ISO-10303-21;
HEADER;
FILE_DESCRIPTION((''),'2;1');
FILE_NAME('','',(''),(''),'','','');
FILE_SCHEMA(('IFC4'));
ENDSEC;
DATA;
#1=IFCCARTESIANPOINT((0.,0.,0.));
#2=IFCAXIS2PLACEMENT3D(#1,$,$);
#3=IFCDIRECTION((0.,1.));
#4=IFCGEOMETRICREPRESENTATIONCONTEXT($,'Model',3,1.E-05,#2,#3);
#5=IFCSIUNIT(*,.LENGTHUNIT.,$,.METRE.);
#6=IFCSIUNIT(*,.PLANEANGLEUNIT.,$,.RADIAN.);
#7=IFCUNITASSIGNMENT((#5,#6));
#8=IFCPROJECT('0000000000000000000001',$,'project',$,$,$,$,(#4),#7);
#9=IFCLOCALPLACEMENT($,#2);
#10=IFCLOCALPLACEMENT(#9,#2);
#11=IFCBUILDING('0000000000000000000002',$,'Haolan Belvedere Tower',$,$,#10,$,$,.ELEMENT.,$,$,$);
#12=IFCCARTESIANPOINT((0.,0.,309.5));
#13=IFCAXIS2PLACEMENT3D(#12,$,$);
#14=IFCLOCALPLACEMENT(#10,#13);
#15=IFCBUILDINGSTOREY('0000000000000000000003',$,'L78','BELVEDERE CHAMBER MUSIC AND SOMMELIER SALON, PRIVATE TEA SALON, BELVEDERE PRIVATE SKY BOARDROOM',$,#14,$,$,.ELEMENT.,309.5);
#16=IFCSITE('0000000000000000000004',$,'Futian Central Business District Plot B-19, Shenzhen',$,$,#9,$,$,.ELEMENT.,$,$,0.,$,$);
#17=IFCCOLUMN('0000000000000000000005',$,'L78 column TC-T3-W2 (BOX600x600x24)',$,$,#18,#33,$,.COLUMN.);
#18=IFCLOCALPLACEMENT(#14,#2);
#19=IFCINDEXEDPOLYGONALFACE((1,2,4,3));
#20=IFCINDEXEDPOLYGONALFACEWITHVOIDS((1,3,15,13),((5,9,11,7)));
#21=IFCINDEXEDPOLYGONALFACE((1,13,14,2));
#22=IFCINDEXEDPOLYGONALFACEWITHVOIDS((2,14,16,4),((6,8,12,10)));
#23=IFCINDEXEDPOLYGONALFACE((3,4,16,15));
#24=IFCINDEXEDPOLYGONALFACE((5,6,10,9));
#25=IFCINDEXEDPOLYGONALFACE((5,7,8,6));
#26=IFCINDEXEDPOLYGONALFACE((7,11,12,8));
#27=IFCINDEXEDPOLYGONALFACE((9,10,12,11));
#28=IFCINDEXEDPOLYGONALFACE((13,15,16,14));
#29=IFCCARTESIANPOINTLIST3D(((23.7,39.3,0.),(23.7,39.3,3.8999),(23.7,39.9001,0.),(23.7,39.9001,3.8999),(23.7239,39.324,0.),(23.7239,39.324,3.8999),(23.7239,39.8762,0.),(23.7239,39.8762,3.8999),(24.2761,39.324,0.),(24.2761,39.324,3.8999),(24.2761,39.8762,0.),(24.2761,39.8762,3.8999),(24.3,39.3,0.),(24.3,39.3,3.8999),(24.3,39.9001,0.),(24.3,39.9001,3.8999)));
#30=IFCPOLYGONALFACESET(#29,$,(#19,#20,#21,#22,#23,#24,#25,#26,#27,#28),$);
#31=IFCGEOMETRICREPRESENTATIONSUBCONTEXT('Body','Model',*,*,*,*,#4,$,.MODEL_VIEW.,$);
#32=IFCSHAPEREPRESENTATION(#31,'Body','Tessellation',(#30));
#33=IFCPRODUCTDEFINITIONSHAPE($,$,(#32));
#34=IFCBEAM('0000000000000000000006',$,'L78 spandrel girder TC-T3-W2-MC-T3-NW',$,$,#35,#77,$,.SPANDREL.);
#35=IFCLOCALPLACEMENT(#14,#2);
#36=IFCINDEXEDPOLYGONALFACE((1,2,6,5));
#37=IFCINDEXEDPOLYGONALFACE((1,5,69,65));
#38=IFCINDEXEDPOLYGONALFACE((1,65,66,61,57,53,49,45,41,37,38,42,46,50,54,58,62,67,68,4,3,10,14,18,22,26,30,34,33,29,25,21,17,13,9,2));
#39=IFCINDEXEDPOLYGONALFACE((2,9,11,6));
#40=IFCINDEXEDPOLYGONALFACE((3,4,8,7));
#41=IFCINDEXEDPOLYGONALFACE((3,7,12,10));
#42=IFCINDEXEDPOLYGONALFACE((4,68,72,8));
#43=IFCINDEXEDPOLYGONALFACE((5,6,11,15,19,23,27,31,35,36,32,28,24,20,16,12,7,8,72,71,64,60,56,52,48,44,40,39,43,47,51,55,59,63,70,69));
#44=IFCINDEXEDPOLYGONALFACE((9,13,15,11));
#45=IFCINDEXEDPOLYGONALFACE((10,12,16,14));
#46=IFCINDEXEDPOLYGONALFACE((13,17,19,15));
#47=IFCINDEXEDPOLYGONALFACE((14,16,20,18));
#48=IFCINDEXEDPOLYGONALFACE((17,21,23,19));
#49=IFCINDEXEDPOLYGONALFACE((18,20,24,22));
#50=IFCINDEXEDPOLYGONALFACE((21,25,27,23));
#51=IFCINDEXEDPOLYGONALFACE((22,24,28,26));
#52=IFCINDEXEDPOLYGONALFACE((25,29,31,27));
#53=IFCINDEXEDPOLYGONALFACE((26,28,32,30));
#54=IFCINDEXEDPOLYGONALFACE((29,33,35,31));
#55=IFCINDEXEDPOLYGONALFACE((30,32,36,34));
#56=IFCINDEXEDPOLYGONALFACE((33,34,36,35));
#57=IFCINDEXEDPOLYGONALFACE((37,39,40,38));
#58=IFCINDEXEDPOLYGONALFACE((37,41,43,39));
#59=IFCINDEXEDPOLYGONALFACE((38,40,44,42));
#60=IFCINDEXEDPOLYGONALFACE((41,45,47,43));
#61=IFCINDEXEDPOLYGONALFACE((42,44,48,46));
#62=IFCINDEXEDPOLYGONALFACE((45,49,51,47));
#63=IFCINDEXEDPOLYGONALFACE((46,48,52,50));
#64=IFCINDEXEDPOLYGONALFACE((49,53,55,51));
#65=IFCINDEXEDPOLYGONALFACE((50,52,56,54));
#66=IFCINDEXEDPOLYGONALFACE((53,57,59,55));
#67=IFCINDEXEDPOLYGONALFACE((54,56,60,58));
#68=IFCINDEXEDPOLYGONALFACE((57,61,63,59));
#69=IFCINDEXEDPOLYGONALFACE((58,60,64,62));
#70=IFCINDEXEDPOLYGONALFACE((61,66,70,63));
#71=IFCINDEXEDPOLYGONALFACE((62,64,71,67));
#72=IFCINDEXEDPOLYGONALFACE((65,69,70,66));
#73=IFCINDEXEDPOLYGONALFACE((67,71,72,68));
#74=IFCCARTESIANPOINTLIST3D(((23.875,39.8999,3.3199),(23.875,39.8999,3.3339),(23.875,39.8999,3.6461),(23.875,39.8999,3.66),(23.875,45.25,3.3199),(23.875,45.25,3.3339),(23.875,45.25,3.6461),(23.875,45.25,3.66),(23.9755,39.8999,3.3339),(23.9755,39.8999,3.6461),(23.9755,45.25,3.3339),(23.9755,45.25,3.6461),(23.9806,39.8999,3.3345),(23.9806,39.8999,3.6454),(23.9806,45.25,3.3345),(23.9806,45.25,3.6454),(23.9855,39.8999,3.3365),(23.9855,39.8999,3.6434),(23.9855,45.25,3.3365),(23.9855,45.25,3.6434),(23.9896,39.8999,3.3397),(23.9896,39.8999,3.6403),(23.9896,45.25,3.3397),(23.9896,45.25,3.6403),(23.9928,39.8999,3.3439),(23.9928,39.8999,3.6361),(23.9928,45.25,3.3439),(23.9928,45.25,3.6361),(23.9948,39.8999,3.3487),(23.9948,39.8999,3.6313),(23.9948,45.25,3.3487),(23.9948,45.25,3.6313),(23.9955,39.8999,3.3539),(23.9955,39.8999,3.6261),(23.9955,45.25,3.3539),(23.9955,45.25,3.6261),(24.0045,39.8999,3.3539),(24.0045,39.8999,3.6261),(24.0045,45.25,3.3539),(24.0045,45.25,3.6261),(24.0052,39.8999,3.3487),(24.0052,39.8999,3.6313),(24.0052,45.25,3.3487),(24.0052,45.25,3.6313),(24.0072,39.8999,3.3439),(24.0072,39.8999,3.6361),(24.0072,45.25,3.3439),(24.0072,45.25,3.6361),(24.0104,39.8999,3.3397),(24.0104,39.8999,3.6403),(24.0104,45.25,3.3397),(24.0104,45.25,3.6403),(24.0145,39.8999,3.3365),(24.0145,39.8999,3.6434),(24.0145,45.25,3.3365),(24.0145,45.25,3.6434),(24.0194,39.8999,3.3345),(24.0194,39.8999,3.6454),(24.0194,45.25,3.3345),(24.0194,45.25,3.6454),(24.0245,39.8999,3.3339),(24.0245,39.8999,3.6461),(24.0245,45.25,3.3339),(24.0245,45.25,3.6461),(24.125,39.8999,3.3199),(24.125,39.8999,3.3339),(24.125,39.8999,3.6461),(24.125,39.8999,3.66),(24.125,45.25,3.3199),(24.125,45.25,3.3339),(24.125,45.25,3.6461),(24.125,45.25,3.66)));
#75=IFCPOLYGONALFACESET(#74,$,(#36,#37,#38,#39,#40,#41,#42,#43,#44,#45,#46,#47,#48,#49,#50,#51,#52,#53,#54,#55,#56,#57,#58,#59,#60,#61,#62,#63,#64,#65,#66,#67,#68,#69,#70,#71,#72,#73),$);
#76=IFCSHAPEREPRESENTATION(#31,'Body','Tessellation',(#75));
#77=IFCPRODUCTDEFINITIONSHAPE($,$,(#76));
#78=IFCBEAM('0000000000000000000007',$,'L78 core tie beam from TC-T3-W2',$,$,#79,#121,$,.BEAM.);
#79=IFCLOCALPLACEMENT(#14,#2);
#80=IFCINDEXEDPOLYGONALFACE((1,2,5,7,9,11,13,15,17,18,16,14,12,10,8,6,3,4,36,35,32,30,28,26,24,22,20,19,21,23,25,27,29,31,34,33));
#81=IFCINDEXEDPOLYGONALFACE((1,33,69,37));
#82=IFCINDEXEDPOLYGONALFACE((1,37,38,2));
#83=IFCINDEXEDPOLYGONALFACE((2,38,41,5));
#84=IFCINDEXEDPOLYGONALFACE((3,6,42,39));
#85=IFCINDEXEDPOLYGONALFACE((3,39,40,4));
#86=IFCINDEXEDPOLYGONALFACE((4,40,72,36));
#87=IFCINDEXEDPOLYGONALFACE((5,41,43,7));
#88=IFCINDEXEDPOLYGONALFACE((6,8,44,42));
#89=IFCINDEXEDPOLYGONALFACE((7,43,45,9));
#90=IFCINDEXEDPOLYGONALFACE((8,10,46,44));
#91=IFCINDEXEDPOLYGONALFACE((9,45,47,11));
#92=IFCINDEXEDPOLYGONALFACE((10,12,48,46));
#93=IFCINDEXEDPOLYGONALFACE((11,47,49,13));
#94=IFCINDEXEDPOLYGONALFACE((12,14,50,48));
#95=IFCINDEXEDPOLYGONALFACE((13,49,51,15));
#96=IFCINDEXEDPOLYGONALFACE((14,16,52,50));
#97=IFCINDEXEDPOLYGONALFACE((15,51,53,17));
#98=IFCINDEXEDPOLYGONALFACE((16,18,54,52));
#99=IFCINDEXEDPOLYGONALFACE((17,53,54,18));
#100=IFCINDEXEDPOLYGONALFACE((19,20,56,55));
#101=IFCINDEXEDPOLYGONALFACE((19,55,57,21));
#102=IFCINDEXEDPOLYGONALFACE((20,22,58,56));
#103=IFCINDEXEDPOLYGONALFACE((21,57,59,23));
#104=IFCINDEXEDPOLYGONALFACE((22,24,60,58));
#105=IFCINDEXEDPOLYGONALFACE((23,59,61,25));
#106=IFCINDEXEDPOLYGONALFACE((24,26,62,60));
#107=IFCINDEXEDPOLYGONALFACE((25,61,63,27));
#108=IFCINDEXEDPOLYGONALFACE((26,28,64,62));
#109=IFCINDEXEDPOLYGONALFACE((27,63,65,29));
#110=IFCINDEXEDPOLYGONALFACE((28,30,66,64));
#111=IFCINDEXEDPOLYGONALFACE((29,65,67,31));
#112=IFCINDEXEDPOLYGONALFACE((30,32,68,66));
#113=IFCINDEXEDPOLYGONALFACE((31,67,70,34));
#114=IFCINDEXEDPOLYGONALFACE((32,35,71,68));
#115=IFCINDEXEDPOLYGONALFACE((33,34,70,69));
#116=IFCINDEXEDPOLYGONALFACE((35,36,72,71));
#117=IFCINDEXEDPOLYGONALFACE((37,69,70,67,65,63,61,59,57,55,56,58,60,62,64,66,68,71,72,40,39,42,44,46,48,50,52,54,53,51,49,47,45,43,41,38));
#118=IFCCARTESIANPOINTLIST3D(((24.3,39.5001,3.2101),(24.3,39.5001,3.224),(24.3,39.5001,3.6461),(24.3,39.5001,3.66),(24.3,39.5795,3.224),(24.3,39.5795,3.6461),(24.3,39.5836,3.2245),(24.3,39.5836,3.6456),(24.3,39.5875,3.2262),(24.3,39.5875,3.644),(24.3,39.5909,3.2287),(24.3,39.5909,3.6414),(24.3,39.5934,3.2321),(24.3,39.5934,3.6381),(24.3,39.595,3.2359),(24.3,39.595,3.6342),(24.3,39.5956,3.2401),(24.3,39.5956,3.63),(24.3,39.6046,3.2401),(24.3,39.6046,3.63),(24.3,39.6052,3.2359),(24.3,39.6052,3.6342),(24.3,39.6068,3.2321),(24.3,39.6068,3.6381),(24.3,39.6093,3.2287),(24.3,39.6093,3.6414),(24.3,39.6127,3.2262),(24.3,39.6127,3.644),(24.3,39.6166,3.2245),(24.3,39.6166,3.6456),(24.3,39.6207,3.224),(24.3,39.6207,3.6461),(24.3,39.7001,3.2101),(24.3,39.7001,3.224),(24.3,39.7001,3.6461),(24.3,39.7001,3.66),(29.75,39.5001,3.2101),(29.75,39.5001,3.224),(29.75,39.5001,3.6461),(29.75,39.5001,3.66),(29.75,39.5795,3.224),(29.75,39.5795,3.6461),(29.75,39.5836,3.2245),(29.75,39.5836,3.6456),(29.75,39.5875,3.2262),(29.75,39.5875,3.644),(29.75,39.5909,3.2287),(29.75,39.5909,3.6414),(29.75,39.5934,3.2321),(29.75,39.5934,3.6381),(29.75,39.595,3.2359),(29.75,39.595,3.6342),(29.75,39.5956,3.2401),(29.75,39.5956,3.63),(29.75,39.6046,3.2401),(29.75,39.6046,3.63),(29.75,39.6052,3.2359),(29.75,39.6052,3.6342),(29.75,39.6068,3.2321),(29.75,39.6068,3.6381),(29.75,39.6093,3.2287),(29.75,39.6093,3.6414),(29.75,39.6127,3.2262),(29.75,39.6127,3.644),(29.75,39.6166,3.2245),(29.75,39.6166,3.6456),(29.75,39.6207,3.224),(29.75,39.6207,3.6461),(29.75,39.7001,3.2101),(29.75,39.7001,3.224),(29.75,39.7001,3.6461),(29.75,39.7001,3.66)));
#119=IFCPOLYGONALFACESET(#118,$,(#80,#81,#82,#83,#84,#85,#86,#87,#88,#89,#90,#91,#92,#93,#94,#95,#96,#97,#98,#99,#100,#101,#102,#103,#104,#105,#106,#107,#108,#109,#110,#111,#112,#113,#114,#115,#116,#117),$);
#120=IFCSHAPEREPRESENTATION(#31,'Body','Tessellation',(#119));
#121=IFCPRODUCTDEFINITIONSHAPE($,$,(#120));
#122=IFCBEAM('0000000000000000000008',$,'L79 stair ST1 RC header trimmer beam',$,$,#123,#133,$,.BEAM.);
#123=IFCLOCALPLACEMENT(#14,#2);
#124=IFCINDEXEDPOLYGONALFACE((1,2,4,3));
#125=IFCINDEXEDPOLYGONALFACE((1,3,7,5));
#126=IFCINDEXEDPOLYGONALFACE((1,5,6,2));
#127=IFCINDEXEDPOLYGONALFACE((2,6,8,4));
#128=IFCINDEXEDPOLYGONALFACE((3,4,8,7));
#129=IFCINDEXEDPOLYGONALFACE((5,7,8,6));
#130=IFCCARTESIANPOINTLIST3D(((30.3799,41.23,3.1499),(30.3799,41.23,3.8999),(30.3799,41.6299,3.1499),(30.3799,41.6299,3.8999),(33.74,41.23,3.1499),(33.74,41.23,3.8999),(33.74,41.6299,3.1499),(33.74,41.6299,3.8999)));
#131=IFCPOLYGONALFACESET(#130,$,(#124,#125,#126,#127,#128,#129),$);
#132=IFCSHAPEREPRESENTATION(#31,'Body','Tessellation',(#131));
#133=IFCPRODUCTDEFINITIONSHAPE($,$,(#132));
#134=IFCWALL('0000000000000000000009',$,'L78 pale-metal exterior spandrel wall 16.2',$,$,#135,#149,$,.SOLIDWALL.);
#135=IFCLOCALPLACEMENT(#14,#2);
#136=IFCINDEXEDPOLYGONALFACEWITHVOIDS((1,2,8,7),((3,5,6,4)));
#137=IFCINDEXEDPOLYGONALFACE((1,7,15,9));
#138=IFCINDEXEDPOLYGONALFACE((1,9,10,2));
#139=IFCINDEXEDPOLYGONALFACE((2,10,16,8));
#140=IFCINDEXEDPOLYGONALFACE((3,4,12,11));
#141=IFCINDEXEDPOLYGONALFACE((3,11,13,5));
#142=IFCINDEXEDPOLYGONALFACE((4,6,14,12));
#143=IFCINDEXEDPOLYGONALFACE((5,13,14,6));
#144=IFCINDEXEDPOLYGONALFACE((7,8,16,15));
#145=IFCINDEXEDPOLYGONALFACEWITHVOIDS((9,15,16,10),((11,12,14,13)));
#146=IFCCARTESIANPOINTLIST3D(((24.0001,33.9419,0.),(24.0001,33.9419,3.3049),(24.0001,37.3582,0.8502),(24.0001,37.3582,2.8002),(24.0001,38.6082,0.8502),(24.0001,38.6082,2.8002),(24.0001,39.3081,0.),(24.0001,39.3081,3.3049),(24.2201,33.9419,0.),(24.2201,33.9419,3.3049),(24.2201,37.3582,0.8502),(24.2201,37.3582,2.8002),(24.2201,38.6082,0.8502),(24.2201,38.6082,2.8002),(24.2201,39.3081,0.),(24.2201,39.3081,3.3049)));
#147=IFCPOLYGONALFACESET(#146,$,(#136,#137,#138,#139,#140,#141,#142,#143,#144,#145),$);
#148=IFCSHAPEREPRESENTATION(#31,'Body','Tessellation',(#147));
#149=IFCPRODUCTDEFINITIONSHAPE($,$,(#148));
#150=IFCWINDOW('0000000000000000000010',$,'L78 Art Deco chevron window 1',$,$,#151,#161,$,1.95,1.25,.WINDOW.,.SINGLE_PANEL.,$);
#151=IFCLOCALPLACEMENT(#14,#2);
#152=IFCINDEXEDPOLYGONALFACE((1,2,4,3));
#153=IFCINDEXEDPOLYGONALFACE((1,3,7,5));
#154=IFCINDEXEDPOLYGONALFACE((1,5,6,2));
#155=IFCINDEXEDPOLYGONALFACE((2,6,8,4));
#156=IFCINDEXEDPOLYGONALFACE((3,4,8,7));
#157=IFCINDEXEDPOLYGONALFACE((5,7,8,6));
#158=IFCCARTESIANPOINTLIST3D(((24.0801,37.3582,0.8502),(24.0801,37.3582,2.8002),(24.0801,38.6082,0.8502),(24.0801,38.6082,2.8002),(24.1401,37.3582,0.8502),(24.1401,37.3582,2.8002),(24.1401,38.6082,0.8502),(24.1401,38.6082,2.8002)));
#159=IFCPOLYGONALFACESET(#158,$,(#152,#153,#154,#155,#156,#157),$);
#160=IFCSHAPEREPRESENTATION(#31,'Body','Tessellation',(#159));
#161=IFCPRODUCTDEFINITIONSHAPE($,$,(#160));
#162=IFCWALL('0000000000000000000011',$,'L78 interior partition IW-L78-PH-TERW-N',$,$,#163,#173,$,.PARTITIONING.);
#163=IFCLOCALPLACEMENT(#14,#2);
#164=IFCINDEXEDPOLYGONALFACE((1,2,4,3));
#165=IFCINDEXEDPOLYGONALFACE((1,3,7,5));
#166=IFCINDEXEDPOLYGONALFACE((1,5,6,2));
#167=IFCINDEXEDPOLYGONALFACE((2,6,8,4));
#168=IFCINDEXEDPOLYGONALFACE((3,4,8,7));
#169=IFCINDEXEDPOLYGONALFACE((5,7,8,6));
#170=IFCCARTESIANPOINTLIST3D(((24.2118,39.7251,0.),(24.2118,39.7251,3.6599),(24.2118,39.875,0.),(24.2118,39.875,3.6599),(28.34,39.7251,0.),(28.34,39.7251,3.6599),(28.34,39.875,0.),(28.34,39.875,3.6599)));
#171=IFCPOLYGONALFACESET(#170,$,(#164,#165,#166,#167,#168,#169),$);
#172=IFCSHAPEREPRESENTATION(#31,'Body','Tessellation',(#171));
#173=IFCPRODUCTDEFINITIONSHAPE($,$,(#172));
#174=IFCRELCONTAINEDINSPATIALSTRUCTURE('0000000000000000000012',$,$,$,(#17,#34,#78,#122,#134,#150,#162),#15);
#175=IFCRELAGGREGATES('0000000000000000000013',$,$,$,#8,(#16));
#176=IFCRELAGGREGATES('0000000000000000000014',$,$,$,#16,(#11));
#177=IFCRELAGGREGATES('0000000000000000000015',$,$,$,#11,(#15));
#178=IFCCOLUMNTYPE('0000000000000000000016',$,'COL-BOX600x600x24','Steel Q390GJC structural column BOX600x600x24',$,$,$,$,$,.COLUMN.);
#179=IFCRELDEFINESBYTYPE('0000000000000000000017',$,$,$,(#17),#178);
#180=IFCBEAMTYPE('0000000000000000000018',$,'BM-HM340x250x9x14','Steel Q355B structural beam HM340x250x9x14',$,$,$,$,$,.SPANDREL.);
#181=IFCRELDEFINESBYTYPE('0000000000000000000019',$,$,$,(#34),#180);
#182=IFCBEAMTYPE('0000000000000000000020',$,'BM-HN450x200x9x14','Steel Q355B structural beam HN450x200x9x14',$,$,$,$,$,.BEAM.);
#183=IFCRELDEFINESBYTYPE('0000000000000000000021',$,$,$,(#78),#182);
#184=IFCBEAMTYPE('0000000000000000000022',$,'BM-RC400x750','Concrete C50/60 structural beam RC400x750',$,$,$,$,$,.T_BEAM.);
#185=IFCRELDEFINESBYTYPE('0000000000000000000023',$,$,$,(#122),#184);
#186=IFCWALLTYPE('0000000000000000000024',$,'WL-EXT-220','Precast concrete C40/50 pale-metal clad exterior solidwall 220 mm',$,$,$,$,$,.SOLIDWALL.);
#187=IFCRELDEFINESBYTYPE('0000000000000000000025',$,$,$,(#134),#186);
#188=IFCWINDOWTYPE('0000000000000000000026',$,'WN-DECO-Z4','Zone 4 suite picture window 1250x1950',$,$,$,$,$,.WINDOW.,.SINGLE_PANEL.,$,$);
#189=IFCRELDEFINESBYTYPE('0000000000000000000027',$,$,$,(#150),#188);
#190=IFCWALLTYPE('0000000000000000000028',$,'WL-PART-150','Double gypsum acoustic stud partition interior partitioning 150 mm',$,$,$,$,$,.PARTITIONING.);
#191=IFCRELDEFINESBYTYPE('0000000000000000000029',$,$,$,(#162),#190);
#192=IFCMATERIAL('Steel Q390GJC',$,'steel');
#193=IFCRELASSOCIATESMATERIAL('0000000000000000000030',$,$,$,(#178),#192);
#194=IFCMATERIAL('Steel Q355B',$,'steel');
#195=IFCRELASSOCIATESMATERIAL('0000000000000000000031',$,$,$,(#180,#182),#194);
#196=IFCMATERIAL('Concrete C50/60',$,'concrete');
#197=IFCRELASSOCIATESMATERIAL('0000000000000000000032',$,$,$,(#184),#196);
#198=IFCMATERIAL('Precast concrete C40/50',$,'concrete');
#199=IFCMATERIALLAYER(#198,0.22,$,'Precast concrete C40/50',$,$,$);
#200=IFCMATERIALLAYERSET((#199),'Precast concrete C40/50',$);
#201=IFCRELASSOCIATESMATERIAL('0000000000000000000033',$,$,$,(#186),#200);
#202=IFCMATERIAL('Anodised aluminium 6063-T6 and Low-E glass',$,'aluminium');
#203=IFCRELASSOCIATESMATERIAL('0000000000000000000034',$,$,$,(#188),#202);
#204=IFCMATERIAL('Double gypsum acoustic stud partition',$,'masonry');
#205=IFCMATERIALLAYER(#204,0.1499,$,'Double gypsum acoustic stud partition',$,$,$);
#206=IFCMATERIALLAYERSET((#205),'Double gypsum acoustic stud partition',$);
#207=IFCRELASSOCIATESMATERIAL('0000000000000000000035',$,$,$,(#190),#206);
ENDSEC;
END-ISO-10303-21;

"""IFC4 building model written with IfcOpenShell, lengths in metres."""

from ifc_helpers import new_model, si_unit, direction, frame, frame_2d, origin, origin_2d, place, context, subcontext, project, spatial, rectangle, hollow_rectangle, i_section, extrude, material, layer, layer_set, material_profile, profile_set, type_object, element, fill, save


model = new_model("IFC4")

# Units and contexts
model_context = context("Model", 3, precision=1e-05, world=origin(), true_north=direction((0.0, 1.0)))
body_context = subcontext(model_context, "Body", "Model", "MODEL_VIEW")
ifc_project = project(units=[si_unit("LENGTHUNIT", "METRE"), si_unit("PLANEANGLEUNIT", "RADIAN")], contexts=[model_context])

# Site, building, storey
site_placement = place(None, origin())
site = spatial("IfcSite", under=ifc_project, at=site_placement, Name="Futian Central Business District Plot B-19, Shenzhen", CompositionType="ELEMENT", RefElevation=0.0)
building_placement = place(site_placement, origin())
building = spatial("IfcBuilding", under=site, at=building_placement, Name="Haolan Belvedere Tower", CompositionType="ELEMENT")
storey_placement = place(building_placement, frame((0.0, 0.0, 309.5)))
storey = spatial("IfcBuildingStorey", under=building, at=storey_placement, Name="L78", Description="BELVEDERE CHAMBER MUSIC AND SOMMELIER SALON, PRIVATE TEA SALON, BELVEDERE PRIVATE SKY BOARDROOM", CompositionType="ELEMENT", Elevation=309.5)

# Column
ifc_material_1 = material(Name="Steel Q390GJC", Category="steel")
ifc_material_profile_1 = material_profile(ifc_material_1, hollow_rectangle(XDim=0.6001, YDim=0.6001, WallThickness=0.0239, at=origin_2d()), Name="Steel Q390GJC")
ifc_profile_set_1 = profile_set([ifc_material_profile_1], Name="Steel Q390GJC")
column_type = type_object("IfcColumnType", Name="COL-BOX600x600x24", Description="Steel Q390GJC structural column BOX600x600x24", PredefinedType="COLUMN", material=ifc_profile_set_1)
column_placement = place(storey_placement, frame((24.0, 39.6001, 0.0), z_axis=(0.0, 0.0, 1.0), x_axis=(1.0, 0.0, 0.0)))
element("IfcColumn", 1, at=column_placement, inside=storey, type_object=column_type, Name="L78 column TC-T3-W2 (BOX600x600x24)", PredefinedType="COLUMN", context=body_context, shape_type="SweptSolid", body=[
    extrude(hollow_rectangle(XDim=0.6001, YDim=0.6001, WallThickness=0.0239, at=origin_2d()), origin(), (0.0, 0.0, 1.0), 3.8999),
])

# Beams
ifc_material_2 = material(Name="Steel Q355B", Category="steel")
ifc_material_profile_2 = material_profile(ifc_material_2, i_section(OverallWidth=0.25, OverallDepth=0.3401, WebThickness=0.009, FlangeThickness=0.0139, FilletRadius=0.02, at=origin_2d()), Name="Steel Q355B")
ifc_profile_set_2 = profile_set([ifc_material_profile_2], Name="Steel Q355B")
beam_type_1 = type_object("IfcBeamType", Name="BM-HM340x250x9x14", Description="Steel Q355B structural beam HM340x250x9x14", PredefinedType="SPANDREL", material=ifc_profile_set_2)
beam_1_placement = place(storey_placement, frame((24.0, 39.8999, 3.49), z_axis=(0.0, 1.0, 0.0), x_axis=(-1.0, 0.0, 0.0)))
element("IfcBeam", 2, at=beam_1_placement, inside=storey, type_object=beam_type_1, Name="L78 spandrel girder TC-T3-W2-MC-T3-NW", PredefinedType="SPANDREL", context=body_context, shape_type="SweptSolid", body=[
    extrude(i_section(OverallWidth=0.25, OverallDepth=0.3401, WebThickness=0.009, FlangeThickness=0.0139, FilletRadius=0.02, at=origin_2d()), origin(), (0.0, 0.0, 1.0), 5.3501),
])
ifc_material_profile_3 = material_profile(ifc_material_2, i_section(OverallWidth=0.2, OverallDepth=0.45, WebThickness=0.009, FlangeThickness=0.0139, FilletRadius=0.0161, at=origin_2d()), Name="Steel Q355B")
ifc_profile_set_3 = profile_set([ifc_material_profile_3], Name="Steel Q355B")
beam_type_2 = type_object("IfcBeamType", Name="BM-HN450x200x9x14", Description="Steel Q355B structural beam HN450x200x9x14", PredefinedType="BEAM", material=ifc_profile_set_3)
beam_2_placement = place(storey_placement, frame((24.3, 39.6001, 3.4351), z_axis=(1.0, 0.0, 0.0), x_axis=(0.0, 1.0, 0.0)))
element("IfcBeam", 3, at=beam_2_placement, inside=storey, type_object=beam_type_2, Name="L78 core tie beam from TC-T3-W2", PredefinedType="BEAM", context=body_context, shape_type="SweptSolid", body=[
    extrude(i_section(OverallWidth=0.2, OverallDepth=0.45, WebThickness=0.009, FlangeThickness=0.0139, FilletRadius=0.0161, at=origin_2d()), origin(), (0.0, 0.0, 1.0), 5.45),
])
ifc_material_3 = material(Name="Concrete C50/60", Category="concrete")
ifc_material_profile_4 = material_profile(ifc_material_3, rectangle(XDim=0.3999, YDim=0.75, at=origin_2d()), Name="Concrete C50/60")
ifc_profile_set_4 = profile_set([ifc_material_profile_4], Name="Concrete C50/60")
beam_type_3 = type_object("IfcBeamType", Name="BM-RC400x750", Description="Concrete C50/60 structural beam RC400x750", PredefinedType="T_BEAM", material=ifc_profile_set_4)
beam_3_placement = place(storey_placement, frame((30.3799, 41.4299, 3.5249), z_axis=(1.0, 0.0, 0.0), x_axis=(0.0, 1.0, 0.0)))
element("IfcBeam", 4, at=beam_3_placement, inside=storey, type_object=beam_type_3, Name="L79 stair ST1 RC header trimmer beam", PredefinedType="BEAM", context=body_context, shape_type="SweptSolid", body=[
    extrude(rectangle(XDim=0.3999, YDim=0.75, at=origin_2d()), origin(), (0.0, 0.0, 1.0), 3.3601),
])

# Wall, opening, window
ifc_material_4 = material(Name="Precast concrete C40/50", Category="concrete")
ifc_layer_1 = layer(ifc_material_4, 0.22, Name="Precast concrete C40/50")
ifc_layer_set_1 = layer_set([ifc_layer_1], Name="Precast concrete C40/50")
wall_type_1 = type_object("IfcWallType", Name="WL-EXT-220", Description="Precast concrete C40/50 pale-metal clad exterior solidwall 220 mm", PredefinedType="SOLIDWALL", material=ifc_layer_set_1)
wall_1_placement = place(storey_placement, frame((24.1101, 39.3081, 0.0), z_axis=(0.0, 0.0, 1.0), x_axis=(0.0, -1.0, 0.0)))
wall_1 = element("IfcWall", 5, at=wall_1_placement, inside=storey, type_object=wall_type_1, Name="L78 pale-metal exterior spandrel wall 16.2", PredefinedType="SOLIDWALL", context=body_context, shape_type="SweptSolid", body=[
    extrude(rectangle(XDim=5.3662, YDim=0.22, at=frame_2d((2.6831, 0.0))), origin(), (0.0, 0.0, 1.0), 3.3049),
])
opening_1_placement = place(wall_1_placement, frame((0.7, 0.0, 0.8501)))
opening_1 = element("IfcOpeningElement", 6, at=opening_1_placement, cuts=wall_1, PredefinedType="OPENING", context=body_context, shape_type="SweptSolid", body=[
    extrude(rectangle(XDim=1.25, YDim=1.95, at=frame_2d((0.625, 0.9751))), frame((0.0, 0.1199, 0.0), z_axis=(0.0, -1.0, 0.0), x_axis=(1.0, 0.0, 0.0)), (0.0, 0.0, 1.0), 0.24),
])
ifc_material_5 = material(Name="Anodised aluminium 6063-T6 and Low-E glass", Category="aluminium")
window_type = type_object("IfcWindowType", Name="WN-DECO-Z4", Description="Zone 4 suite picture window 1250x1950", PartitioningType="SINGLE_PANEL", PredefinedType="WINDOW", material=ifc_material_5)
window_placement = place(opening_1_placement, origin())
window = element("IfcWindow", 7, at=window_placement, inside=storey, type_object=window_type, Name="L78 Art Deco chevron window 1", OverallHeight=1.95, OverallWidth=1.25, PartitioningType="SINGLE_PANEL", PredefinedType="WINDOW", context=body_context, shape_type="SweptSolid", body=[
    extrude(rectangle(XDim=1.25, YDim=1.95, at=frame_2d((0.625, 0.9751))), frame((0.0, 0.03, 0.0), z_axis=(0.0, -1.0, 0.0), x_axis=(1.0, 0.0, 0.0)), (0.0, 0.0, 1.0), 0.0601),
])
fill(opening_1, window)

# Wall
ifc_material_6 = material(Name="Double gypsum acoustic stud partition", Category="masonry")
ifc_layer_2 = layer(ifc_material_6, 0.1499, Name="Double gypsum acoustic stud partition")
ifc_layer_set_2 = layer_set([ifc_layer_2], Name="Double gypsum acoustic stud partition")
wall_type_2 = type_object("IfcWallType", Name="WL-PART-150", Description="Double gypsum acoustic stud partition interior partitioning 150 mm", PredefinedType="PARTITIONING", material=ifc_layer_set_2)
for number, where, z_axis, x_axis, name in (
    (8, (24.2119, 39.8, 0.0), (0.0, 0.0, 1.0), (1.0, 0.0, 0.0), "L78 interior partition IW-L78-PH-TERW-N"),
):
    element("IfcWall", number, at=place(storey_placement, frame(where, z_axis=z_axis, x_axis=x_axis)), inside=storey, type_object=wall_type_2, Name=name, PredefinedType="PARTITIONING", context=body_context, shape_type="SweptSolid", body=[
        extrude(rectangle(XDim=4.1282, YDim=0.1499, at=frame_2d((2.064, 0.0))), origin(), (0.0, 0.0, 1.0), 3.6599),
    ])

save(model, "model.ifc")
